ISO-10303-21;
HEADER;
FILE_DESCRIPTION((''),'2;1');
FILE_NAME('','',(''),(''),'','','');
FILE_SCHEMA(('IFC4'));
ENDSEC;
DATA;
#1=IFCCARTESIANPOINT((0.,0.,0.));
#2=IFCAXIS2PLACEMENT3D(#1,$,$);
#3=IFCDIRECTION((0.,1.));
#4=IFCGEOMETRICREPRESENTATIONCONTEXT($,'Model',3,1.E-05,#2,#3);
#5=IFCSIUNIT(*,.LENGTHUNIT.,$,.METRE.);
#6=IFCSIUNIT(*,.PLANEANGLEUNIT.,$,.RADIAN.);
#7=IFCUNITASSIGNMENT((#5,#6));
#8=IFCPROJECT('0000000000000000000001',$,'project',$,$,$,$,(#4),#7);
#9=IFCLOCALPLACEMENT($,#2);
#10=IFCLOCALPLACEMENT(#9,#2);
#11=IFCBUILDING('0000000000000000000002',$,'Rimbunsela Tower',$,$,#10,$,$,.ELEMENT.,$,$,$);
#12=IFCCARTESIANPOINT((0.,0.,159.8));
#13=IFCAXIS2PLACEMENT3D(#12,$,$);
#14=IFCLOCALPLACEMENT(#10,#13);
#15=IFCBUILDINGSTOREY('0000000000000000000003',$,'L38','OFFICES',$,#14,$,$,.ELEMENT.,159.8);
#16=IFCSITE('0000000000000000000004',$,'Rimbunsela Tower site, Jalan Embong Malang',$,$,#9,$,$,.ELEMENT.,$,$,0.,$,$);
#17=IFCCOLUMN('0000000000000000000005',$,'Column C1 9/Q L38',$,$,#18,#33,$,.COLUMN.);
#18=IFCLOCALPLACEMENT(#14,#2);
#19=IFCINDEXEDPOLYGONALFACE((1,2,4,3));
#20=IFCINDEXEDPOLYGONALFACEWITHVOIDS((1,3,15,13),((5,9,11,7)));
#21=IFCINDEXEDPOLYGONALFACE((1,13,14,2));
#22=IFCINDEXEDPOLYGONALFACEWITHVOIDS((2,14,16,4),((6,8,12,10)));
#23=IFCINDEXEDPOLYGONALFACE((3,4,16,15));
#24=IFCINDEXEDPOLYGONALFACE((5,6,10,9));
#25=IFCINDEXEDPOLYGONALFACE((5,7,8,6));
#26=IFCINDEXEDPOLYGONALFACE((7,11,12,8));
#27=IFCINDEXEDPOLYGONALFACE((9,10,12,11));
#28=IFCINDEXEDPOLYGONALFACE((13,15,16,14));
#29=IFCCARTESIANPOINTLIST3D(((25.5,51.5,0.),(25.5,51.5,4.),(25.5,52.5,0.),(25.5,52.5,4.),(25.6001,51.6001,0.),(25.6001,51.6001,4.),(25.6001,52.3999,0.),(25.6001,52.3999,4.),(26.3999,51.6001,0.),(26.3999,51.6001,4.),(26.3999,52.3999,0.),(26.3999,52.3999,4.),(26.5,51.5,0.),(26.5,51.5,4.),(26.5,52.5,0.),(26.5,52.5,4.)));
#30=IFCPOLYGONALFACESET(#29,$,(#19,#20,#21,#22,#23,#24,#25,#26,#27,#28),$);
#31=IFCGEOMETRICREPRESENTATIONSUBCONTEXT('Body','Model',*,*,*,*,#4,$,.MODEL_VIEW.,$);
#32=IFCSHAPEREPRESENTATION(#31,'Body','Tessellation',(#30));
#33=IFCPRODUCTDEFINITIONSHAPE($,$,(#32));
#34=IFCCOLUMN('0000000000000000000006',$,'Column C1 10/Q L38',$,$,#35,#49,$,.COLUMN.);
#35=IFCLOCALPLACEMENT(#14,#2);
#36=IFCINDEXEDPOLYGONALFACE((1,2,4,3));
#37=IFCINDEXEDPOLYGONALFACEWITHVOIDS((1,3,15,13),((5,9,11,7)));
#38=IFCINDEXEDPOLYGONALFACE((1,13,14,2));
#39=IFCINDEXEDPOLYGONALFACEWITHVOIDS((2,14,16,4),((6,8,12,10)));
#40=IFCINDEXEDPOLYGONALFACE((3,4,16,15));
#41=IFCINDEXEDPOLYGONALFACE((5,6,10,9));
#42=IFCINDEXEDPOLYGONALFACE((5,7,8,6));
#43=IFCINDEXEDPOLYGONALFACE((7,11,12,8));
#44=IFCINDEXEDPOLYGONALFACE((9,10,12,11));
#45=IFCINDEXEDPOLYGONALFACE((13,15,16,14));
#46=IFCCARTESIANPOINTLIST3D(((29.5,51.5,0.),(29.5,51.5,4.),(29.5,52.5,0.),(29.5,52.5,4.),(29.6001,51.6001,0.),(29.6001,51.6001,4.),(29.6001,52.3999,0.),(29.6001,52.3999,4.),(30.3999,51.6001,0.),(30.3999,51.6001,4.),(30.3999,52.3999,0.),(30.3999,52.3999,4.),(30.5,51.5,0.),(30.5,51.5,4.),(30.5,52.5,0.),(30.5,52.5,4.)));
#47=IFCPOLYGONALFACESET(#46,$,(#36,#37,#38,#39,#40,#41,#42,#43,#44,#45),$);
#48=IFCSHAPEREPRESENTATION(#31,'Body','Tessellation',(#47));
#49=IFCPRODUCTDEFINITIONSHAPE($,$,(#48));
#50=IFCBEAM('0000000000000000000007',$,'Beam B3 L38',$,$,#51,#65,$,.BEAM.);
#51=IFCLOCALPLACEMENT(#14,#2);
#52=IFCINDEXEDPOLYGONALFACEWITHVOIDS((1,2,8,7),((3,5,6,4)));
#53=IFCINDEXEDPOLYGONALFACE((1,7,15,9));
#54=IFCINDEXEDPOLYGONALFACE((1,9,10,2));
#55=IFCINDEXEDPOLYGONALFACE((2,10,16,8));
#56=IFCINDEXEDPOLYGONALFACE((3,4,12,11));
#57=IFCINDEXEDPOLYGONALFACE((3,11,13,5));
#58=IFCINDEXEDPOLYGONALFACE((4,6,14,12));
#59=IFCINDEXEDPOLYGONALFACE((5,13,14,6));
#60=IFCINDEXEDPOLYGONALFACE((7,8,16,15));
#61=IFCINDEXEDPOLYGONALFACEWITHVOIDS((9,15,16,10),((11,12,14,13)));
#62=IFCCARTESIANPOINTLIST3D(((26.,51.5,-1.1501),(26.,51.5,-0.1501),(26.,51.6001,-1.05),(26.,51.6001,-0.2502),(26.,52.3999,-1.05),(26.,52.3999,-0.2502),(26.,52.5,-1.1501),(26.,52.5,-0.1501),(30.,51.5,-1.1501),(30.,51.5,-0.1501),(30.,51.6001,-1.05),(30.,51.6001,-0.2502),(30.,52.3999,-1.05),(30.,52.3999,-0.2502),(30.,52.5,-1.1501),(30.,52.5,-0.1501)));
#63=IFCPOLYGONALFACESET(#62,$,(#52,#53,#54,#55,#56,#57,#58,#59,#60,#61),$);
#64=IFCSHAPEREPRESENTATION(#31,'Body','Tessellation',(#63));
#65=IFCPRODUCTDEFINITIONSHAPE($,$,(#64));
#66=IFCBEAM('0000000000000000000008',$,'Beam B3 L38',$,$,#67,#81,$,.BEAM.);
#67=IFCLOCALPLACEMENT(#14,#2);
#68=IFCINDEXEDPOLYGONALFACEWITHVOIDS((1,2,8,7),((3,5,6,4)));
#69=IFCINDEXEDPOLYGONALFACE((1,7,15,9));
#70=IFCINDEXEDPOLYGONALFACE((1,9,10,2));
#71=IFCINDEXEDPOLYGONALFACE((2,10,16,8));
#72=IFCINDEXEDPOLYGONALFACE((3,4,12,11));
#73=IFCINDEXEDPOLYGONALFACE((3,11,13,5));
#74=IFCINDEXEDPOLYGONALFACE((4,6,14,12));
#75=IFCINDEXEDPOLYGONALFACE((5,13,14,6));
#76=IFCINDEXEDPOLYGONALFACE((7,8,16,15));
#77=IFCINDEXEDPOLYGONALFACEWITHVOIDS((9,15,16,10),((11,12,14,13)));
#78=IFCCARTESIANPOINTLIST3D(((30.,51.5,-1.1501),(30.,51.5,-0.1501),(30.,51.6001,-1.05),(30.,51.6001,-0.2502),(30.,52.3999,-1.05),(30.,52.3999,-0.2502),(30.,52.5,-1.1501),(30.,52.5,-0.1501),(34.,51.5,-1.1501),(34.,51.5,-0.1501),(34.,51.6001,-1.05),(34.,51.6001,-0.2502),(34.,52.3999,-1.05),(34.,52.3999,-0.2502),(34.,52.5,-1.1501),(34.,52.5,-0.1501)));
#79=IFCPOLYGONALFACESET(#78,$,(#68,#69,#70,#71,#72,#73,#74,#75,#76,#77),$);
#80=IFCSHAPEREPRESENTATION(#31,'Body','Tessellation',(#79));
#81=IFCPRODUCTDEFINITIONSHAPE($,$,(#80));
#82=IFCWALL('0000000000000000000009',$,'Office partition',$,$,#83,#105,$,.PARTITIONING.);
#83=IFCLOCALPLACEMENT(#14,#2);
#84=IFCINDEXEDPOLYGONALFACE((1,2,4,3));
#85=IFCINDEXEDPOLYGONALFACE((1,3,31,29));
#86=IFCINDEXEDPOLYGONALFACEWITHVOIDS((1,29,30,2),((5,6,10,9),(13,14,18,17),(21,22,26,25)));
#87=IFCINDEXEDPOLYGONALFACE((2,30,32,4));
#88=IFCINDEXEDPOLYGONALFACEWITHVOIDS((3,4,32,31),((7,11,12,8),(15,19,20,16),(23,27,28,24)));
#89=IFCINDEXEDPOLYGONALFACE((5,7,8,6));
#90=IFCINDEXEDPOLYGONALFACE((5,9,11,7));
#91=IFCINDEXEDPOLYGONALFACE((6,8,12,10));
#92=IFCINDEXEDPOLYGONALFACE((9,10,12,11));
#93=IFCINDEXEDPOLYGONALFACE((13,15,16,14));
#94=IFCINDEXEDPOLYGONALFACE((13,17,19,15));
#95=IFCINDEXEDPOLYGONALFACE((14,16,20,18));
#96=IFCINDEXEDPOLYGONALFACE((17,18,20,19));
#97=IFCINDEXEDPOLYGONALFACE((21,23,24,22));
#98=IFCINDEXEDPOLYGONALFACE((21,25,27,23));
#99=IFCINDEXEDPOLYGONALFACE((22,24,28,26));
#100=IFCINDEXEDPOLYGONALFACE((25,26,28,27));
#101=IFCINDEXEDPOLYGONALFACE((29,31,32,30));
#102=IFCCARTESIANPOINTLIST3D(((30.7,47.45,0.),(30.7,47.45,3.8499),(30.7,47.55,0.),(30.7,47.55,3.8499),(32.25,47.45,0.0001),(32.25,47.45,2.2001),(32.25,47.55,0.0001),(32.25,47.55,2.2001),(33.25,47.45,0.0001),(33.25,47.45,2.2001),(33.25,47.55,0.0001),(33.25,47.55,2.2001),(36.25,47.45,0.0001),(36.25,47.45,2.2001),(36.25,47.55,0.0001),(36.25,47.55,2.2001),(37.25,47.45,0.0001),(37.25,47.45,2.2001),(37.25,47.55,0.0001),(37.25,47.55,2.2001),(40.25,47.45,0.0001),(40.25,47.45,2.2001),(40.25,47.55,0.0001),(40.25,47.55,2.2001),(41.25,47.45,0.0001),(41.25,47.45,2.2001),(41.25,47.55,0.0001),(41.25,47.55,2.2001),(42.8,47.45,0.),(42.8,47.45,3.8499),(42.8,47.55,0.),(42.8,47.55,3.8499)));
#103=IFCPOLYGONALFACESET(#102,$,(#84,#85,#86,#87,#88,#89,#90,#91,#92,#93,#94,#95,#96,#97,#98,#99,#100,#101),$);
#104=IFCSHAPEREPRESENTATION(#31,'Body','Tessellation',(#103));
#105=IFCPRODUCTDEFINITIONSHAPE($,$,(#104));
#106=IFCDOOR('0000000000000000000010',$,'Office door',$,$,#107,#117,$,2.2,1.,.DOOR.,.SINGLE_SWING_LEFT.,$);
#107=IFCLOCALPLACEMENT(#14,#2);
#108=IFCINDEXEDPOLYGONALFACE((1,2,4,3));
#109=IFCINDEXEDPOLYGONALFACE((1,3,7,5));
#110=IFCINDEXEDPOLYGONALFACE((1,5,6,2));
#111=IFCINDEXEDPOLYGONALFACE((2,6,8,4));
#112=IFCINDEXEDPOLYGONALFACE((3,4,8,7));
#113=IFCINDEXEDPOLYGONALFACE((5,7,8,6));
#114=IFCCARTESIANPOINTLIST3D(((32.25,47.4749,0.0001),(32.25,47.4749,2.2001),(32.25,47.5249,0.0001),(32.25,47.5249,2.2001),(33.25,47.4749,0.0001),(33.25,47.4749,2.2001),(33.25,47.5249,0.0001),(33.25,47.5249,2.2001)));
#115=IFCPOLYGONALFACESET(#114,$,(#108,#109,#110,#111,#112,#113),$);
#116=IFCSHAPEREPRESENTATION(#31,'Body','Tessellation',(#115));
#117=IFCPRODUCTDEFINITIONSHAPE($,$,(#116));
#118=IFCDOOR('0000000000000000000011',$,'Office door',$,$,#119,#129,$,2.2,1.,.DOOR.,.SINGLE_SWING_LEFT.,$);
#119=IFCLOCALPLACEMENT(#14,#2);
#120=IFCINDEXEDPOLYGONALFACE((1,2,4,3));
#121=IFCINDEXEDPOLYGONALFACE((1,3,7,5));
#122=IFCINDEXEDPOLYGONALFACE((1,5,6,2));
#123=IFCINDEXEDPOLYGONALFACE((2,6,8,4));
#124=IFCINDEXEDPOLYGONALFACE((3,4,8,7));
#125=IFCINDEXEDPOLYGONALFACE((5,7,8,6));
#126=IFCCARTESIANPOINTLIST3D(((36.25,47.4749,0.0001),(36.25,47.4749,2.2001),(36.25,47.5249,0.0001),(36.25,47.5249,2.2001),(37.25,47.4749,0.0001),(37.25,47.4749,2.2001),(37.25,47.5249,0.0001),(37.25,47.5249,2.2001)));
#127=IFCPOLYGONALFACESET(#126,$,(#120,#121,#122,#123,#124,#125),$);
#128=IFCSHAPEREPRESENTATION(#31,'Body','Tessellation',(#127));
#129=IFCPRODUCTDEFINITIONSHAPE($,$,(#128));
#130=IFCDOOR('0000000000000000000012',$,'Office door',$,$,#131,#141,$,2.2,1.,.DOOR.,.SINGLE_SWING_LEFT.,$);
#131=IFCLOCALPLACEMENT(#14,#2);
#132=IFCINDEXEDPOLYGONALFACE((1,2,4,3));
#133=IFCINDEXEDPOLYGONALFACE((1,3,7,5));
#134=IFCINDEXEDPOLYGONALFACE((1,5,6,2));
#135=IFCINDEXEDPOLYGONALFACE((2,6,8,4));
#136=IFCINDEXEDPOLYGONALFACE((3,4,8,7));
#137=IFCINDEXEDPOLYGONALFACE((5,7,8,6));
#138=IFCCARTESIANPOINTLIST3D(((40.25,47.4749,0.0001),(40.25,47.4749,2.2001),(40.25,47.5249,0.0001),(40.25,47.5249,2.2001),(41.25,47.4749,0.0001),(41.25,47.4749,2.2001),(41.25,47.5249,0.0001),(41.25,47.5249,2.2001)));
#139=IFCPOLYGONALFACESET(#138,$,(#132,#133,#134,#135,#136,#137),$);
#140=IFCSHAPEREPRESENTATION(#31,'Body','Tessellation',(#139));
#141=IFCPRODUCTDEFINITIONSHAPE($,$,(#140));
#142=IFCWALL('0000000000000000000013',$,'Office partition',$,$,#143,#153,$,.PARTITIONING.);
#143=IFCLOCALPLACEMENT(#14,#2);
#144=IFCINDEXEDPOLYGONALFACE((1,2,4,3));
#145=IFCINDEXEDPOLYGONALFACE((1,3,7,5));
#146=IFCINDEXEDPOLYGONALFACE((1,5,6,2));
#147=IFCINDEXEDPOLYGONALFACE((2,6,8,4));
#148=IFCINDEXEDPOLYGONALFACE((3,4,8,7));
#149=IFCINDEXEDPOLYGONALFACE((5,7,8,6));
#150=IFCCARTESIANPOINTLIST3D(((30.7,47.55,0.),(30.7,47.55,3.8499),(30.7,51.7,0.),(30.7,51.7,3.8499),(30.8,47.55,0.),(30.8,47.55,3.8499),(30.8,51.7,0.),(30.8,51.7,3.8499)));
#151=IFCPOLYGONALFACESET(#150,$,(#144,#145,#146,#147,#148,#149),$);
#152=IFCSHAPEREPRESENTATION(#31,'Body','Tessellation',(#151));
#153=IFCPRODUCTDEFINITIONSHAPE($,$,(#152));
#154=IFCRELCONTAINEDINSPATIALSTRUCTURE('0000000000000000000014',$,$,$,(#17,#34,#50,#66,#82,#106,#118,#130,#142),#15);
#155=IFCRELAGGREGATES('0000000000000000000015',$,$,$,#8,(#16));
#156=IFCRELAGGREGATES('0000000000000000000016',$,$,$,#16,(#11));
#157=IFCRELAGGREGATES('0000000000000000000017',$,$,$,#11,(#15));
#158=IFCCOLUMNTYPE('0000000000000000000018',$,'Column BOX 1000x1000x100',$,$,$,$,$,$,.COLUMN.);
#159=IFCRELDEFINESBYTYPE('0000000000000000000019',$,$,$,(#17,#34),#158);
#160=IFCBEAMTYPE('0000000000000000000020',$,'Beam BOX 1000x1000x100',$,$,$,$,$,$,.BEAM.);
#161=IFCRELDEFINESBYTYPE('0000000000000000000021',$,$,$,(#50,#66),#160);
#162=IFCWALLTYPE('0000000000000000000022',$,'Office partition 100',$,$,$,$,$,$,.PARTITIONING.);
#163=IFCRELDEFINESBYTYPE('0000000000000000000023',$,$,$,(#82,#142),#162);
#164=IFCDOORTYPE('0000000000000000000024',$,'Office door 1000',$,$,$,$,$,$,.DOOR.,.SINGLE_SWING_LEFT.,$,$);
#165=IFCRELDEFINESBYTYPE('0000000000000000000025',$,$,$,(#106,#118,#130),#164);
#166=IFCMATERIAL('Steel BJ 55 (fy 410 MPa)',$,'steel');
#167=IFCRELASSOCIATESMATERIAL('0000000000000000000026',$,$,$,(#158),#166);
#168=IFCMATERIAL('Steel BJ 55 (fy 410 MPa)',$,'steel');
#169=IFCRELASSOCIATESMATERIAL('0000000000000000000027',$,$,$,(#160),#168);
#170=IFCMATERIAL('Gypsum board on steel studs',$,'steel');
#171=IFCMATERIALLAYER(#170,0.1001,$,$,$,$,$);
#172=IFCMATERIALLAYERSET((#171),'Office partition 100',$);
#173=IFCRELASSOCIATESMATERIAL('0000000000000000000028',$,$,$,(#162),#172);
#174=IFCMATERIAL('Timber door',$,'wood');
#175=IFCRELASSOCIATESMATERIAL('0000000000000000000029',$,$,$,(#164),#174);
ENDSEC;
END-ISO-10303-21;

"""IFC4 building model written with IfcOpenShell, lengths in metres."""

from ifc_helpers import new_model, si_unit, direction, frame, frame_2d, origin, origin_2d, place, context, subcontext, project, spatial, rectangle, hollow_rectangle, extrude, material, layer, layer_set, material_profile, profile_set, type_object, element, fill, save


model = new_model("IFC4")

# Units and contexts
model_context = context("Model", 3, precision=1e-05, world=origin(), true_north=direction((0.0, 1.0)))
body_context = subcontext(model_context, "Body", "Model", "MODEL_VIEW")
ifc_project = project(units=[si_unit("LENGTHUNIT", "METRE"), si_unit("PLANEANGLEUNIT", "RADIAN")], contexts=[model_context])

# Site, building, storey
site_placement = place(None, origin())
site = spatial("IfcSite", under=ifc_project, at=site_placement, Name="Rimbunsela Tower site, Jalan Embong Malang", CompositionType="ELEMENT", RefElevation=0.0)
building_placement = place(site_placement, origin())
building = spatial("IfcBuilding", under=site, at=building_placement, Name="Rimbunsela Tower", CompositionType="ELEMENT")
storey_placement = place(building_placement, frame((0.0, 0.0, 159.8)))
storey = spatial("IfcBuildingStorey", under=building, at=storey_placement, Name="L38", Description="OFFICES", CompositionType="ELEMENT", Elevation=159.8)

# Columns
ifc_material_1 = material(Name="Steel BJ 55 (fy 410 MPa)", Category="steel")
ifc_material_profile_1 = material_profile(ifc_material_1, hollow_rectangle(XDim=1.0, YDim=1.0, WallThickness=0.1001, at=origin_2d()), Name="BOX 1000x1000x100")
ifc_profile_set_1 = profile_set([ifc_material_profile_1], Name="Steel BJ 55 (fy 410 MPa)")
column_type = type_object("IfcColumnType", Name="Column BOX 1000x1000x100", PredefinedType="COLUMN", material=ifc_profile_set_1)
for number, where, z_axis, x_axis, name in (
    (1, (26.0, 52.0, 0.0), (0.0, 0.0, 1.0), (1.0, 0.0, 0.0), "Column C1 9/Q L38"),
    (2, (30.0, 52.0, 0.0), (0.0, 0.0, 1.0), (1.0, 0.0, 0.0), "Column C1 10/Q L38"),
):
    element("IfcColumn", number, at=place(storey_placement, frame(where, z_axis=z_axis, x_axis=x_axis)), inside=storey, type_object=column_type, Name=name, PredefinedType="COLUMN", context=body_context, shape_type="SweptSolid", body=[
        extrude(hollow_rectangle(XDim=1.0, YDim=1.0, WallThickness=0.1001, at=origin_2d()), origin(), (0.0, 0.0, 1.0), 4.0),
    ])

# Beams
ifc_material_2 = material(Name="Steel BJ 55 (fy 410 MPa)", Category="steel")
ifc_material_profile_2 = material_profile(ifc_material_2, hollow_rectangle(XDim=1.0, YDim=1.0, WallThickness=0.1001, at=origin_2d()), Name="BOX 1000x1000x100")
ifc_profile_set_2 = profile_set([ifc_material_profile_2], Name="Steel BJ 55 (fy 410 MPa)")
beam_type = type_object("IfcBeamType", Name="Beam BOX 1000x1000x100", PredefinedType="BEAM", material=ifc_profile_set_2)
for number, where, z_axis, x_axis, name in (
    (3, (26.0, 52.0, -0.6501), (1.0, 0.0, 0.0), (0.0, 1.0, 0.0), "Beam B3 L38"),
    (4, (30.0, 52.0, -0.6501), (1.0, 0.0, 0.0), (0.0, 1.0, 0.0), "Beam B3 L38"),
):
    element("IfcBeam", number, at=place(storey_placement, frame(where, z_axis=z_axis, x_axis=x_axis)), inside=storey, type_object=beam_type, Name=name, PredefinedType="BEAM", context=body_context, shape_type="SweptSolid", body=[
        extrude(hollow_rectangle(XDim=1.0, YDim=1.0, WallThickness=0.1001, at=origin_2d()), origin(), (0.0, 0.0, 1.0), 4.0),
    ])

# Wall, openings, doors
ifc_material_3 = material(Name="Gypsum board on steel studs", Category="steel")
ifc_layer_1 = layer(ifc_material_3, 0.1001)
ifc_layer_set_1 = layer_set([ifc_layer_1], Name="Office partition 100")
wall_type_1 = type_object("IfcWallType", Name="Office partition 100", PredefinedType="PARTITIONING", material=ifc_layer_set_1)
wall_1_placement = place(storey_placement, frame((30.7, 47.5, 0.0), z_axis=(0.0, 0.0, 1.0), x_axis=(1.0, 0.0, 0.0)))
wall_1 = element("IfcWall", 5, at=wall_1_placement, inside=storey, type_object=wall_type_1, Name="Office partition", PredefinedType="PARTITIONING", context=body_context, shape_type="SweptSolid", body=[
    extrude(rectangle(XDim=12.1001, YDim=0.1001, at=frame_2d((6.05, 0.0))), origin(), (0.0, 0.0, 1.0), 3.8499),
])
opening_1_placement = place(wall_1_placement, frame((1.55, 0.0, 0.0)))
opening_1 = element("IfcOpeningElement", 6, at=opening_1_placement, cuts=wall_1, PredefinedType="OPENING", context=body_context, shape_type="SweptSolid", body=[
    extrude(rectangle(XDim=1.0, YDim=2.2, at=frame_2d((0.5, 1.1001))), frame((0.0, 0.0601, 0.0), z_axis=(0.0, -1.0, 0.0), x_axis=(1.0, 0.0, 0.0)), (0.0, 0.0, 1.0), 0.1201),
])
opening_2_placement = place(wall_1_placement, frame((5.55, 0.0, 0.0)))
opening_2 = element("IfcOpeningElement", 7, at=opening_2_placement, cuts=wall_1, PredefinedType="OPENING", context=body_context, shape_type="SweptSolid", body=[
    extrude(rectangle(XDim=1.0, YDim=2.2, at=frame_2d((0.5, 1.1001))), frame((0.0, 0.0601, 0.0), z_axis=(0.0, -1.0, 0.0), x_axis=(1.0, 0.0, 0.0)), (0.0, 0.0, 1.0), 0.1201),
])
opening_3_placement = place(wall_1_placement, frame((9.55, 0.0, 0.0)))
opening_3 = element("IfcOpeningElement", 8, at=opening_3_placement, cuts=wall_1, PredefinedType="OPENING", context=body_context, shape_type="SweptSolid", body=[
    extrude(rectangle(XDim=1.0, YDim=2.2, at=frame_2d((0.5, 1.1001))), frame((0.0, 0.0601, 0.0), z_axis=(0.0, -1.0, 0.0), x_axis=(1.0, 0.0, 0.0)), (0.0, 0.0, 1.0), 0.1201),
])
ifc_material_4 = material(Name="Timber door", Category="wood")
door_type_1 = type_object("IfcDoorType", Name="Office door 1000", OperationType="SINGLE_SWING_LEFT", PredefinedType="DOOR", material=ifc_material_4)
door_1_placement = place(opening_1_placement, origin())
door_1 = element("IfcDoor", 9, at=door_1_placement, inside=storey, type_object=door_type_1, Name="Office door", OperationType="SINGLE_SWING_LEFT", OverallHeight=2.2, OverallWidth=1.0, PredefinedType="DOOR", context=body_context, shape_type="SweptSolid", body=[
    extrude(rectangle(XDim=1.0, YDim=2.2, at=frame_2d((0.5, 1.1001))), frame((0.0, 0.0249, 0.0), z_axis=(0.0, -1.0, 0.0), x_axis=(1.0, 0.0, 0.0)), (0.0, 0.0, 1.0), 0.05),
])
fill(opening_1, door_1)
door_2_placement = place(opening_2_placement, origin())
door_2 = element("IfcDoor", 10, at=door_2_placement, inside=storey, type_object=door_type_1, Name="Office door", OperationType="SINGLE_SWING_LEFT", OverallHeight=2.2, OverallWidth=1.0, PredefinedType="DOOR", context=body_context, shape_type="SweptSolid", body=[
    extrude(rectangle(XDim=1.0, YDim=2.2, at=frame_2d((0.5, 1.1001))), frame((0.0, 0.0249, 0.0), z_axis=(0.0, -1.0, 0.0), x_axis=(1.0, 0.0, 0.0)), (0.0, 0.0, 1.0), 0.05),
])
fill(opening_2, door_2)
door_3_placement = place(opening_3_placement, origin())
door_3 = element("IfcDoor", 11, at=door_3_placement, inside=storey, type_object=door_type_1, Name="Office door", OperationType="SINGLE_SWING_LEFT", OverallHeight=2.2, OverallWidth=1.0, PredefinedType="DOOR", context=body_context, shape_type="SweptSolid", body=[
    extrude(rectangle(XDim=1.0, YDim=2.2, at=frame_2d((0.5, 1.1001))), frame((0.0, 0.0249, 0.0), z_axis=(0.0, -1.0, 0.0), x_axis=(1.0, 0.0, 0.0)), (0.0, 0.0, 1.0), 0.05),
])
fill(opening_3, door_3)

# Wall
wall_2_placement = place(storey_placement, frame((30.75, 47.55, 0.0), z_axis=(0.0, 0.0, 1.0), x_axis=(0.0, 1.0, 0.0)))
element("IfcWall", 12, at=wall_2_placement, inside=storey, type_object=wall_type_1, Name="Office partition", PredefinedType="PARTITIONING", context=body_context, shape_type="SweptSolid", body=[
    extrude(rectangle(XDim=4.1499, YDim=0.1001, at=frame_2d((2.075, 0.0))), origin(), (0.0, 0.0, 1.0), 3.8499),
])

save(model, "model.ifc")
